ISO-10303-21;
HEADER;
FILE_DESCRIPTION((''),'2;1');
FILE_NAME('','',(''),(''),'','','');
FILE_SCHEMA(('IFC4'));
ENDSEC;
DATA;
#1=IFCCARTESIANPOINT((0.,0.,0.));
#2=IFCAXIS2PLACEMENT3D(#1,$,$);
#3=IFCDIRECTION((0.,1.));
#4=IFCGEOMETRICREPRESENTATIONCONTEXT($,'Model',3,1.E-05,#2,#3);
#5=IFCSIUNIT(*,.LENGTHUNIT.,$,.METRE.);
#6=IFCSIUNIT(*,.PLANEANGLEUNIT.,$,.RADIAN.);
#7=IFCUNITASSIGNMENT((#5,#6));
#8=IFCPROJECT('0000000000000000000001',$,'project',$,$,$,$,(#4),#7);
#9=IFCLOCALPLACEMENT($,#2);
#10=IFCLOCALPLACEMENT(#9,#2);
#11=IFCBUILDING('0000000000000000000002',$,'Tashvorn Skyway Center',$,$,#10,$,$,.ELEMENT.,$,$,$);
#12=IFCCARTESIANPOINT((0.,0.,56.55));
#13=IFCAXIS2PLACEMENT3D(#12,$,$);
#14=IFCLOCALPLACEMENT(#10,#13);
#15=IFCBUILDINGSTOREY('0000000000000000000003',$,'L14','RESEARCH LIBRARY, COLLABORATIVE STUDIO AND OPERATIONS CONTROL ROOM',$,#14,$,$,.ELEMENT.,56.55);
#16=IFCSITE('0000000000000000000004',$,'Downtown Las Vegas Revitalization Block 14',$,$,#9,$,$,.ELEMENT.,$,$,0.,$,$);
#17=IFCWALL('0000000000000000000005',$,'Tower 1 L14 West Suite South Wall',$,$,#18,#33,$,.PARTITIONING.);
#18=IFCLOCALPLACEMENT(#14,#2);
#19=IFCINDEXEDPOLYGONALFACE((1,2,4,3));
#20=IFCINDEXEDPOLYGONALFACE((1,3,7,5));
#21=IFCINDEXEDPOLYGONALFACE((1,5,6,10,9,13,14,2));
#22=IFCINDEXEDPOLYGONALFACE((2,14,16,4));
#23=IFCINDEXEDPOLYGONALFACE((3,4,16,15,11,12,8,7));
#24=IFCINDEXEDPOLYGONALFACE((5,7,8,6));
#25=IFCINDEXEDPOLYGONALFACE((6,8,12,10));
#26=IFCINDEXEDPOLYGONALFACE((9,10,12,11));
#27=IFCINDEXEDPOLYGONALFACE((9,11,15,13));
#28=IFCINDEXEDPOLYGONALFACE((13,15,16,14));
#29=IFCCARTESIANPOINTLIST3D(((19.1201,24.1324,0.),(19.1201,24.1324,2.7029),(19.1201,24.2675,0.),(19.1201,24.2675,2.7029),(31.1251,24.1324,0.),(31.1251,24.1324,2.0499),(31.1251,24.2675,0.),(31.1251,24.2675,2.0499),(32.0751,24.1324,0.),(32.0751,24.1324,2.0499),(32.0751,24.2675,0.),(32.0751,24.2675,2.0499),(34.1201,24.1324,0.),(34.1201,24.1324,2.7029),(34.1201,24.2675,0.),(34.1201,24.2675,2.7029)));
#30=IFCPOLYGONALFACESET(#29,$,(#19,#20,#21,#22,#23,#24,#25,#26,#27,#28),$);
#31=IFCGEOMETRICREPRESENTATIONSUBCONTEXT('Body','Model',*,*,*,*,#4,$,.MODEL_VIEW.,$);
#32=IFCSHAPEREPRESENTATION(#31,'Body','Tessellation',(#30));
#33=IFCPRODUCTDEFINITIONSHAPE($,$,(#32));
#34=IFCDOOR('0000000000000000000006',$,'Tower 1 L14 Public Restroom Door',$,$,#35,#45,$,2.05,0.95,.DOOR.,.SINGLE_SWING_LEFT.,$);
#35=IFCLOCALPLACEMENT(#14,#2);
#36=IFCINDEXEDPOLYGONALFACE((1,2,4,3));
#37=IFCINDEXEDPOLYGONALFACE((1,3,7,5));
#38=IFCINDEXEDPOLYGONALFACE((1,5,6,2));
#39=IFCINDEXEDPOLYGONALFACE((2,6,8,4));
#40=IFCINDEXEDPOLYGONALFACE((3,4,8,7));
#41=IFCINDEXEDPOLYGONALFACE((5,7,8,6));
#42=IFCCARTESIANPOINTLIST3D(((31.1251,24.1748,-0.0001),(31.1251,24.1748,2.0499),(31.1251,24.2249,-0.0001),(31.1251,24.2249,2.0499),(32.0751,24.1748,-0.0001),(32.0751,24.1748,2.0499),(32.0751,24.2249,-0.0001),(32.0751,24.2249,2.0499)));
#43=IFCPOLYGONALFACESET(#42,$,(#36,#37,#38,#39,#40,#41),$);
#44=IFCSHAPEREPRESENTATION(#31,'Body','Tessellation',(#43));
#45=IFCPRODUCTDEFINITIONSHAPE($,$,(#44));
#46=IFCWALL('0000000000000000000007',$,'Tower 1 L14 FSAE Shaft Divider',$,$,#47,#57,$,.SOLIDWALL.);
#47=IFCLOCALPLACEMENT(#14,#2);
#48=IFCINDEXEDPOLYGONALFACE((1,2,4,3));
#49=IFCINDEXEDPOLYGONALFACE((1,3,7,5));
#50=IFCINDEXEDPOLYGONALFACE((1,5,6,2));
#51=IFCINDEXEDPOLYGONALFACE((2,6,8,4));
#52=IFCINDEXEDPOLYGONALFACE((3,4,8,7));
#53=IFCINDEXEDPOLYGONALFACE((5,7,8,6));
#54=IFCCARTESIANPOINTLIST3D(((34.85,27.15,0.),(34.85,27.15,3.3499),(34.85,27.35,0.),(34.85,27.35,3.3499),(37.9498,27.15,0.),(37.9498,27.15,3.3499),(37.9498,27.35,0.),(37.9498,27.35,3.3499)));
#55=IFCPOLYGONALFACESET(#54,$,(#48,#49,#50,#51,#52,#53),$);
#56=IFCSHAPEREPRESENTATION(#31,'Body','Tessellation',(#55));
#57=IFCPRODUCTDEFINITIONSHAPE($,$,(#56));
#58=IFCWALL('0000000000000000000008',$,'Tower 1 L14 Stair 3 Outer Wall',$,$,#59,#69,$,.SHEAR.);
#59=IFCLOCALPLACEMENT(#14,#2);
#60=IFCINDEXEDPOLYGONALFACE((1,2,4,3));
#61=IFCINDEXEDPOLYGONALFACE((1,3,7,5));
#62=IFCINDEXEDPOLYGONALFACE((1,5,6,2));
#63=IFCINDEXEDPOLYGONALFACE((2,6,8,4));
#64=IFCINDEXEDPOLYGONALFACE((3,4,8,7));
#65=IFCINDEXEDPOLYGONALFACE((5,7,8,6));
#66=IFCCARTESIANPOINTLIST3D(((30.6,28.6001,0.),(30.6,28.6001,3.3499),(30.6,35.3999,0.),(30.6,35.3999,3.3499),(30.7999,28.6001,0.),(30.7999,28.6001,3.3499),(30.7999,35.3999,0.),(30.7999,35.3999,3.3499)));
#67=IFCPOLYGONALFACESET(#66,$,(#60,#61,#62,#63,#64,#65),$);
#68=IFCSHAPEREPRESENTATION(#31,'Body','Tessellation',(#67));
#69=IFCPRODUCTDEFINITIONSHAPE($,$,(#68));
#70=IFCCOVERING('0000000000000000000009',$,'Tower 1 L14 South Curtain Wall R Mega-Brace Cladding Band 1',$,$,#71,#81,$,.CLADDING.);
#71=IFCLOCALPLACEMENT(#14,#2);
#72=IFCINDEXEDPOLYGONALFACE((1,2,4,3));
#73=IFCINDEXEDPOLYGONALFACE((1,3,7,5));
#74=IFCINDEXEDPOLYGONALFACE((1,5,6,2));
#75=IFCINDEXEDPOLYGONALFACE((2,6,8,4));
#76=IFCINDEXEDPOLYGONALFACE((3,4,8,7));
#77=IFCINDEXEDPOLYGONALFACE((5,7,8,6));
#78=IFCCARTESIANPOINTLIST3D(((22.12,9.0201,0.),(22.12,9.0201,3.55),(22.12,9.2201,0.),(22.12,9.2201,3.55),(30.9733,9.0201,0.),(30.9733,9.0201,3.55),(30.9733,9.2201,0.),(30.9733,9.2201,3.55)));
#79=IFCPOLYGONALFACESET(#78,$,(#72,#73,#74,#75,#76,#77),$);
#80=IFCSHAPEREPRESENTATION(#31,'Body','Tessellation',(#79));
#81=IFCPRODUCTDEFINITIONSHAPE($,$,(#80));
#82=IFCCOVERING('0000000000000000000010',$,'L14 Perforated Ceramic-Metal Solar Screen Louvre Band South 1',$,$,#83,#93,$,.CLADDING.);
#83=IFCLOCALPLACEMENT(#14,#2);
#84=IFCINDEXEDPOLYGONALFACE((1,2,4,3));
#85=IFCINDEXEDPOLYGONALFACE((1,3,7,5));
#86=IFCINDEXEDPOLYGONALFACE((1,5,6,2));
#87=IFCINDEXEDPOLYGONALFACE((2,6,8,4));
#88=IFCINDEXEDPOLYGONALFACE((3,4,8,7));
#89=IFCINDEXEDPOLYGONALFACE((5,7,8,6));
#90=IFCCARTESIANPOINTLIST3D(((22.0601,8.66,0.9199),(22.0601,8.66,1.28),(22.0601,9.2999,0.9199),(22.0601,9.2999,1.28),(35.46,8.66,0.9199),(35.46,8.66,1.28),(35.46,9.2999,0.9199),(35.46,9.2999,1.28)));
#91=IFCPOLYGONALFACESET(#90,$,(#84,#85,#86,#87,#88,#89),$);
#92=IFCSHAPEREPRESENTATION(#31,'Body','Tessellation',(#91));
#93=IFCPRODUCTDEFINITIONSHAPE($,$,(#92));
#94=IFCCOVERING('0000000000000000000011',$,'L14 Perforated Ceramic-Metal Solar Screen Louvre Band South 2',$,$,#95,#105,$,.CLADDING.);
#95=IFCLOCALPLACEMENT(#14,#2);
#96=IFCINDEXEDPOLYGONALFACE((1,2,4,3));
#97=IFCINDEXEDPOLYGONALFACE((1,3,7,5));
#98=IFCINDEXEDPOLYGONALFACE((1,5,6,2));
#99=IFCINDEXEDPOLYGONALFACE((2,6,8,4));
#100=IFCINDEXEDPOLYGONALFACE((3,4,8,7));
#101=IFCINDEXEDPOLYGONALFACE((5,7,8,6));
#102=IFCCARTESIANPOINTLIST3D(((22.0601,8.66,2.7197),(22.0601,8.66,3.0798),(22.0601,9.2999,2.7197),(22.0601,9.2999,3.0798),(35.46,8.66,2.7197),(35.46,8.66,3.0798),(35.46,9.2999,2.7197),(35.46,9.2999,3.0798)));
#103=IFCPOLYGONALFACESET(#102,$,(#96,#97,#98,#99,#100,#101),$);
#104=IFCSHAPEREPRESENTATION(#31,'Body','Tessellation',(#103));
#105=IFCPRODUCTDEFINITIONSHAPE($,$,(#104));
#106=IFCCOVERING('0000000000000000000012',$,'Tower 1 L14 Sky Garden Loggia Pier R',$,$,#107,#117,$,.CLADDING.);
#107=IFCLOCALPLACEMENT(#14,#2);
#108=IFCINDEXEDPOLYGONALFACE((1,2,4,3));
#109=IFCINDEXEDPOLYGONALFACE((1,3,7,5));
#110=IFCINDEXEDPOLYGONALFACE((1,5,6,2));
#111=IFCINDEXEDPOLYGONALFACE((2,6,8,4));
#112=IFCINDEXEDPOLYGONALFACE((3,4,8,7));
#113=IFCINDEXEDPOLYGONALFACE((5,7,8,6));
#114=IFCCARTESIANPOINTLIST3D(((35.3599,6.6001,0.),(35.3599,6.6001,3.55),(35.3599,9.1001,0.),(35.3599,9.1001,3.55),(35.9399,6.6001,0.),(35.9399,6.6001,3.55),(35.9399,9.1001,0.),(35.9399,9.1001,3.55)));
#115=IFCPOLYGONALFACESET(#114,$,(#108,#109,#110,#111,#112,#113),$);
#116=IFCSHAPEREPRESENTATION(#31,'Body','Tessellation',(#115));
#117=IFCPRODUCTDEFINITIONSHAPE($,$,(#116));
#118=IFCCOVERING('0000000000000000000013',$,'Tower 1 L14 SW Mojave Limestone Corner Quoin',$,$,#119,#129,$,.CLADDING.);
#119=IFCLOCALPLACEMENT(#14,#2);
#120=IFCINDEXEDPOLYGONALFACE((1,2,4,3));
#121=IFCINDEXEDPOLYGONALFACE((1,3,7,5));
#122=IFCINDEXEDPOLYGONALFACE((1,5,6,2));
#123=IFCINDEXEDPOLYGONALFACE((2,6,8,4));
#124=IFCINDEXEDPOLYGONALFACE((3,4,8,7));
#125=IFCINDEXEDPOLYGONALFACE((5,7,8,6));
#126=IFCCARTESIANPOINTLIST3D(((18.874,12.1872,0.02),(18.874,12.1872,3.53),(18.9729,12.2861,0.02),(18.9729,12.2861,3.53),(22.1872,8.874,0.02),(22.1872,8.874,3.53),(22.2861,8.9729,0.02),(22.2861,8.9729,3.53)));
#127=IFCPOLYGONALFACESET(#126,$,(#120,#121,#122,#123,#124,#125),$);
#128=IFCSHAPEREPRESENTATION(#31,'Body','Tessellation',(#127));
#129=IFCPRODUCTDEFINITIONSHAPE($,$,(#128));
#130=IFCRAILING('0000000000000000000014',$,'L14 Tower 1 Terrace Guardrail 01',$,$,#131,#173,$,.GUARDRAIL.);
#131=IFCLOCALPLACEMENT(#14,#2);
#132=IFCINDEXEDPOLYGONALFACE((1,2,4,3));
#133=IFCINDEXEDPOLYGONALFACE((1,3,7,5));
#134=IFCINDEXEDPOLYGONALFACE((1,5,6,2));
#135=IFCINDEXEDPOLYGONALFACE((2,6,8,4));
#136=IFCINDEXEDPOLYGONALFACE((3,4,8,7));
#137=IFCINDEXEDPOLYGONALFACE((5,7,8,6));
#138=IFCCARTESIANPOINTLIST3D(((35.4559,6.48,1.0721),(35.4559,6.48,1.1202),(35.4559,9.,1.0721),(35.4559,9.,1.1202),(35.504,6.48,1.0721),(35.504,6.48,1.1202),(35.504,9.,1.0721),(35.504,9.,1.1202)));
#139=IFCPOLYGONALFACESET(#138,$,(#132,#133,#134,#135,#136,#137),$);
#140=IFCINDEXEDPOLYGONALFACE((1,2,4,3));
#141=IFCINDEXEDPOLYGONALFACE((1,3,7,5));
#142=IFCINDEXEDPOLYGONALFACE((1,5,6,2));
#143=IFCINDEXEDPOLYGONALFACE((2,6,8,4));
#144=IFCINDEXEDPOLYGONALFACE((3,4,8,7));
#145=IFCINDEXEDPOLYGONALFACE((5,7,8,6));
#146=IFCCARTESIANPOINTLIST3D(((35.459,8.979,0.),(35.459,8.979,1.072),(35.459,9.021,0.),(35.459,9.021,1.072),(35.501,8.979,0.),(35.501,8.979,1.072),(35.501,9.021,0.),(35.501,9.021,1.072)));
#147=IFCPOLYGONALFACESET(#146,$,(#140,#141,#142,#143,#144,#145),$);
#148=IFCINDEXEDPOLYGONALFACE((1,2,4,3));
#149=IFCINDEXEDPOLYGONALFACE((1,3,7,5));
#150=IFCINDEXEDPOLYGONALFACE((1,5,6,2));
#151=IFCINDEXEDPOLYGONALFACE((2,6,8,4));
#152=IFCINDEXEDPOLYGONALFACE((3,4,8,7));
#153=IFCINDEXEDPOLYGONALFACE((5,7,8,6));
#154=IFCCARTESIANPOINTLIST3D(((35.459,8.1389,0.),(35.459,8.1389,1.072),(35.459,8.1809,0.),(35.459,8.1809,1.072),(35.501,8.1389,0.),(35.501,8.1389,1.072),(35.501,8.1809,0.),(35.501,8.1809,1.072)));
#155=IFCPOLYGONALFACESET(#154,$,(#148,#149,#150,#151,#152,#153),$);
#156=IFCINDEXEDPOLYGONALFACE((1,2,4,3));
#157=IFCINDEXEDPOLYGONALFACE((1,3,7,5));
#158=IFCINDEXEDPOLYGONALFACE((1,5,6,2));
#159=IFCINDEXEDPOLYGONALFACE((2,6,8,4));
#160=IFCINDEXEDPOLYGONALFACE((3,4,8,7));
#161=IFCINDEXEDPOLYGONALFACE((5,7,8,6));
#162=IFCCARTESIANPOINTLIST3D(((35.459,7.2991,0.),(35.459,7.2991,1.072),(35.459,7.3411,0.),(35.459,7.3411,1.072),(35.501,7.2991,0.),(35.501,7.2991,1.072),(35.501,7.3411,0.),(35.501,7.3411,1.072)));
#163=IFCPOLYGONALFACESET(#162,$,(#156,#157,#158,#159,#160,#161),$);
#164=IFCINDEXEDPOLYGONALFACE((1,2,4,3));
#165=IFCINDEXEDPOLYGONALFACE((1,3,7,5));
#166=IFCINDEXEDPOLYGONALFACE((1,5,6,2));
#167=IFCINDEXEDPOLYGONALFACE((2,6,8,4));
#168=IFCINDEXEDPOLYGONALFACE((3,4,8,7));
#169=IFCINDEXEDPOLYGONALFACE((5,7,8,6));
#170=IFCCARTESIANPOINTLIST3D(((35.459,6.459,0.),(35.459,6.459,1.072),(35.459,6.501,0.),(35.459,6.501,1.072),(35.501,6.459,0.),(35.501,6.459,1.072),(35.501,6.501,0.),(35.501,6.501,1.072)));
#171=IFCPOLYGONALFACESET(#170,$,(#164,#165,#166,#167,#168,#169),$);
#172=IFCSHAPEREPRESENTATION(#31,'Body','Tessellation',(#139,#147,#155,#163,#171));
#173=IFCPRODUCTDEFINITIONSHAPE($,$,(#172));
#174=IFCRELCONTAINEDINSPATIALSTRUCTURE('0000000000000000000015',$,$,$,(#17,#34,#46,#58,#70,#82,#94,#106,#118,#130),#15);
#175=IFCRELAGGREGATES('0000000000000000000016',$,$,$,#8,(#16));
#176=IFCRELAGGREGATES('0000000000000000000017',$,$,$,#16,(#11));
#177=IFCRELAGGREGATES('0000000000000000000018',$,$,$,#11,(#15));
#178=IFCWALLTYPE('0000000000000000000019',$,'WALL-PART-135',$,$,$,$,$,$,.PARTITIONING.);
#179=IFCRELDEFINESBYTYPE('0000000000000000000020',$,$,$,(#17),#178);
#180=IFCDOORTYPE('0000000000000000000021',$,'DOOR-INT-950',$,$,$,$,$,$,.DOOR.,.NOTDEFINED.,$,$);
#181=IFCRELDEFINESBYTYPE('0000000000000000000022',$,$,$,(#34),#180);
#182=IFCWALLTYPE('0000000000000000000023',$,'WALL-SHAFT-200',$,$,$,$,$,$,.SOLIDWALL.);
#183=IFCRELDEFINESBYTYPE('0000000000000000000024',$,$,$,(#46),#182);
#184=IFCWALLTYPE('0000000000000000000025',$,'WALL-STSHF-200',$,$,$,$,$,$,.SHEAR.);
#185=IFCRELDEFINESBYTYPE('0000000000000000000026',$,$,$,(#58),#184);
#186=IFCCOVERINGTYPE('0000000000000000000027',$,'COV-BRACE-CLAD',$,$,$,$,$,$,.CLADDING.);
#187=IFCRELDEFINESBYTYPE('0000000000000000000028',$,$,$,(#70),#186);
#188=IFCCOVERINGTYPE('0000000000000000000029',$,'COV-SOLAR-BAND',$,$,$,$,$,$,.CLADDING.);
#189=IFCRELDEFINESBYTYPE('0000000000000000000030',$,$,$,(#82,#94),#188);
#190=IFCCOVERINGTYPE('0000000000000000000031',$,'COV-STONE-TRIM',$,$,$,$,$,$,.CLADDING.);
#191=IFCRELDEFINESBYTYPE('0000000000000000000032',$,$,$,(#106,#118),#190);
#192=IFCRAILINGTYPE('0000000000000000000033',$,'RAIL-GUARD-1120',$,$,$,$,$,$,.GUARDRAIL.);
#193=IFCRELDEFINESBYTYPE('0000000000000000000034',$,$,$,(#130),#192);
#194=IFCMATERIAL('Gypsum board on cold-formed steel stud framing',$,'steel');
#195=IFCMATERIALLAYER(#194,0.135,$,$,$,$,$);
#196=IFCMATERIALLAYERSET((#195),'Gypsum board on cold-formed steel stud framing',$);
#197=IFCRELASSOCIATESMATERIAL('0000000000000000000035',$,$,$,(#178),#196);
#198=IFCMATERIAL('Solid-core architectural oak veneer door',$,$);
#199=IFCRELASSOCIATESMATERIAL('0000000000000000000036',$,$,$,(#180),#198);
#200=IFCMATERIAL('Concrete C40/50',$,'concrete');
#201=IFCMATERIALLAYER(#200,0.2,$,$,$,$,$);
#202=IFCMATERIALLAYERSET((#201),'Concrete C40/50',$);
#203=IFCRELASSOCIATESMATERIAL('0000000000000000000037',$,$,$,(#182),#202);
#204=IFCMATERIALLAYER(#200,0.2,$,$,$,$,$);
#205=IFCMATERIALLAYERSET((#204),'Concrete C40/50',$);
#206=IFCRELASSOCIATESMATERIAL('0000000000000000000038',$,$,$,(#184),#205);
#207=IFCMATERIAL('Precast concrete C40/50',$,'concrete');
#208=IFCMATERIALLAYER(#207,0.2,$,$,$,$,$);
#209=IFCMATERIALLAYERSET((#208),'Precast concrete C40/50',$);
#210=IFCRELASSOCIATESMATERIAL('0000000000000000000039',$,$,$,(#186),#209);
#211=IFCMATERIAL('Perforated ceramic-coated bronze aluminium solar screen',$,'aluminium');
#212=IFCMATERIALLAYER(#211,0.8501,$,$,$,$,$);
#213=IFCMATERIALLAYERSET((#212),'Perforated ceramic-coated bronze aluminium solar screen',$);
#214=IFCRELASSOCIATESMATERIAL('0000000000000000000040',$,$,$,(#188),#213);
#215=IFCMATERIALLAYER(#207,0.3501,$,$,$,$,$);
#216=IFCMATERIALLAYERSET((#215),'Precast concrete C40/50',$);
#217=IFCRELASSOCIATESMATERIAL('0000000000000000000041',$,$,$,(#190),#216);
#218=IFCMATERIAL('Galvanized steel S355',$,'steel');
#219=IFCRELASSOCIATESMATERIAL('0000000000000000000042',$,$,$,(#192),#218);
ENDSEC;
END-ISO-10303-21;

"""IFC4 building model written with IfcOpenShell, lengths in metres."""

from ifc_helpers import new_model, si_unit, direction, frame, frame_2d, origin, origin_2d, place, context, subcontext, project, spatial, rectangle, extrude, material, layer, layer_set, type_object, element, fill, save


model = new_model("IFC4")

# Units and contexts
model_context = context("Model", 3, precision=1e-05, world=origin(), true_north=direction((0.0, 1.0)))
body_context = subcontext(model_context, "Body", "Model", "MODEL_VIEW")
ifc_project = project(units=[si_unit("LENGTHUNIT", "METRE"), si_unit("PLANEANGLEUNIT", "RADIAN")], contexts=[model_context])

# Site, building, storey
site_placement = place(None, origin())
site = spatial("IfcSite", under=ifc_project, at=site_placement, Name="Downtown Las Vegas Revitalization Block 14", CompositionType="ELEMENT", RefElevation=0.0)
building_placement = place(site_placement, origin())
building = spatial("IfcBuilding", under=site, at=building_placement, Name="Tashvorn Skyway Center", CompositionType="ELEMENT")
storey_placement = place(building_placement, frame((0.0, 0.0, 56.55)))
storey = spatial("IfcBuildingStorey", under=building, at=storey_placement, Name="L14", Description="RESEARCH LIBRARY, COLLABORATIVE STUDIO AND OPERATIONS CONTROL ROOM", CompositionType="ELEMENT", Elevation=56.55)

# Shared definitions
ifc_material_1 = material(Name="Precast concrete C40/50", Category="concrete")
ifc_material_2 = material(Name="Gypsum board on cold-formed steel stud framing", Category="steel")
ifc_layer_1 = layer(ifc_material_2, 0.135)
ifc_layer_set_1 = layer_set([ifc_layer_1], Name="Gypsum board on cold-formed steel stud framing")
wall_type_1 = type_object("IfcWallType", Name="WALL-PART-135", PredefinedType="PARTITIONING", material=ifc_layer_set_1)

# Wall, opening, door
wall_1_placement = place(storey_placement, frame((19.1201, 24.2, 0.0), z_axis=(0.0, 0.0, 1.0), x_axis=(1.0, 0.0, 0.0)))
wall_1 = element("IfcWall", 1, at=wall_1_placement, inside=storey, type_object=wall_type_1, Name="Tower 1 L14 West Suite South Wall", PredefinedType="PARTITIONING", context=body_context, shape_type="SweptSolid", body=[
    extrude(rectangle(XDim=15.0, YDim=0.135, at=frame_2d((7.5, 0.0))), origin(), (0.0, 0.0, 1.0), 2.7029),
])
opening_placement = place(wall_1_placement, frame((12.0049, 0.0, 0.0)))
opening = element("IfcOpeningElement", 2, at=opening_placement, cuts=wall_1, PredefinedType="OPENING", context=body_context, shape_type="SweptSolid", body=[
    extrude(rectangle(XDim=0.95, YDim=2.05, at=frame_2d((0.4751, 1.0249))), frame((0.0, 0.0774, 0.0), z_axis=(0.0, -1.0, 0.0), x_axis=(1.0, 0.0, 0.0)), (0.0, 0.0, 1.0), 0.155),
])
ifc_material_3 = material(Name="Solid-core architectural oak veneer door")
door_type = type_object("IfcDoorType", Name="DOOR-INT-950", OperationType="NOTDEFINED", PredefinedType="DOOR", material=ifc_material_3)
door_placement = place(opening_placement, origin())
door = element("IfcDoor", 3, at=door_placement, inside=storey, type_object=door_type, Name="Tower 1 L14 Public Restroom Door", OperationType="SINGLE_SWING_LEFT", OverallHeight=2.05, OverallWidth=0.95, PredefinedType="DOOR", context=body_context, shape_type="SweptSolid", body=[
    extrude(rectangle(XDim=0.95, YDim=2.05, at=frame_2d((0.4751, 1.0249))), frame((0.0, 0.0249, 0.0), z_axis=(0.0, -1.0, 0.0), x_axis=(1.0, 0.0, 0.0)), (0.0, 0.0, 1.0), 0.05),
])
fill(opening, door)

# Walls
ifc_material_4 = material(Name="Concrete C40/50", Category="concrete")
ifc_layer_2 = layer(ifc_material_4, 0.2)
ifc_layer_set_2 = layer_set([ifc_layer_2], Name="Concrete C40/50")
wall_type_2 = type_object("IfcWallType", Name="WALL-SHAFT-200", PredefinedType="SOLIDWALL", material=ifc_layer_set_2)
wall_2_placement = place(storey_placement, frame((34.8501, 27.25, 0.0), z_axis=(0.0, 0.0, 1.0), x_axis=(1.0, 0.0, 0.0)))
element("IfcWall", 4, at=wall_2_placement, inside=storey, type_object=wall_type_2, Name="Tower 1 L14 FSAE Shaft Divider", PredefinedType="SOLIDWALL", context=body_context, shape_type="SweptSolid", body=[
    extrude(rectangle(XDim=3.0999, YDim=0.2, at=frame_2d((1.5498, 0.0))), origin(), (0.0, 0.0, 1.0), 3.3499),
])
ifc_layer_3 = layer(ifc_material_4, 0.2)
ifc_layer_set_3 = layer_set([ifc_layer_3], Name="Concrete C40/50")
wall_type_3 = type_object("IfcWallType", Name="WALL-STSHF-200", PredefinedType="SHEAR", material=ifc_layer_set_3)
wall_3_placement = place(storey_placement, frame((30.7, 28.6001, 0.0), z_axis=(0.0, 0.0, 1.0), x_axis=(0.0, 1.0, 0.0)))
element("IfcWall", 5, at=wall_3_placement, inside=storey, type_object=wall_type_3, Name="Tower 1 L14 Stair 3 Outer Wall", PredefinedType="SHEAR", context=body_context, shape_type="SweptSolid", body=[
    extrude(rectangle(XDim=6.7998, YDim=0.2, at=frame_2d((3.3999, 0.0))), origin(), (0.0, 0.0, 1.0), 3.3499),
])

# Coverings
ifc_layer_4 = layer(ifc_material_1, 0.2)
ifc_layer_set_4 = layer_set([ifc_layer_4], Name="Precast concrete C40/50")
covering_type_1 = type_object("IfcCoveringType", Name="COV-BRACE-CLAD", PredefinedType="CLADDING", material=ifc_layer_set_4)
covering_1_placement = place(storey_placement, frame((26.5466, 9.1201, 0.0), z_axis=(0.0, 0.0, 1.0), x_axis=(-1.0, 0.0, 0.0)))
element("IfcCovering", 6, at=covering_1_placement, inside=storey, type_object=covering_type_1, Name="Tower 1 L14 South Curtain Wall R Mega-Brace Cladding Band 1", PredefinedType="CLADDING", context=body_context, shape_type="SweptSolid", body=[
    extrude(rectangle(XDim=8.8533, YDim=0.2, at=origin_2d()), origin(), (0.0, 0.0, 1.0), 3.55),
])
ifc_material_5 = material(Name="Perforated ceramic-coated bronze aluminium solar screen", Category="aluminium")
ifc_layer_5 = layer(ifc_material_5, 0.8501)
ifc_layer_set_5 = layer_set([ifc_layer_5], Name="Perforated ceramic-coated bronze aluminium solar screen")
covering_type_2 = type_object("IfcCoveringType", Name="COV-SOLAR-BAND", PredefinedType="CLADDING", material=ifc_layer_set_5)
for number, where, z_axis, x_axis, name in (
    (7, (28.76, 8.98, 0.9199), (0.0, 0.0, 1.0), (-1.0, 0.0, 0.0), "L14 Perforated Ceramic-Metal Solar Screen Louvre Band South 1"),
    (8, (28.76, 8.98, 2.7197), (0.0, 0.0, 1.0), (-1.0, 0.0, 0.0), "L14 Perforated Ceramic-Metal Solar Screen Louvre Band South 2"),
):
    element("IfcCovering", number, at=place(storey_placement, frame(where, z_axis=z_axis, x_axis=x_axis)), inside=storey, type_object=covering_type_2, Name=name, PredefinedType="CLADDING", context=body_context, shape_type="SweptSolid", body=[
        extrude(rectangle(XDim=13.3999, YDim=0.6399, at=origin_2d()), origin(), (0.0, 0.0, 1.0), 0.3601),
    ])
ifc_layer_6 = layer(ifc_material_1, 0.3501)
ifc_layer_set_6 = layer_set([ifc_layer_6], Name="Precast concrete C40/50")
covering_type_3 = type_object("IfcCoveringType", Name="COV-STONE-TRIM", PredefinedType="CLADDING", material=ifc_layer_set_6)
covering_2_placement = place(storey_placement, frame((35.6499, 7.8501, 0.0), z_axis=(0.0, 0.0, 1.0), x_axis=(-1.0, 0.0, 0.0)))
element("IfcCovering", 9, at=covering_2_placement, inside=storey, type_object=covering_type_3, Name="Tower 1 L14 Sky Garden Loggia Pier R", PredefinedType="CLADDING", context=body_context, shape_type="SweptSolid", body=[
    extrude(rectangle(XDim=0.5801, YDim=2.5, at=origin_2d()), origin(), (0.0, 0.0, 1.0), 3.55),
])
covering_3_placement = place(storey_placement, frame((20.5801, 10.5801, 0.02), z_axis=(0.0, 0.0, 1.0), x_axis=(-0.707107, 0.707107, 0.0)))
element("IfcCovering", 10, at=covering_3_placement, inside=storey, type_object=covering_type_3, Name="Tower 1 L14 SW Mojave Limestone Corner Quoin", PredefinedType="CLADDING", context=body_context, shape_type="SweptSolid", body=[
    extrude(rectangle(XDim=4.6855, YDim=0.1399, at=origin_2d()), origin(), (0.0, 0.0, 1.0), 3.51),
])

# Railing
ifc_material_6 = material(Name="Galvanized steel S355", Category="steel")
railing_type = type_object("IfcRailingType", Name="RAIL-GUARD-1120", PredefinedType="GUARDRAIL", material=ifc_material_6)
railing_1_placement = place(storey_placement, frame((35.48, 9.0, 0.0)))
element("IfcRailing", 11, at=railing_1_placement, inside=storey, type_object=railing_type, Name="L14 Tower 1 Terrace Guardrail 01", PredefinedType="GUARDRAIL", context=body_context, shape_type="SweptSolid", body=[
    extrude(rectangle(XDim=0.0481, YDim=0.0481, at=origin_2d()), frame((0.0, 0.0, 1.0962), z_axis=(0.0, -1.0, 0.0), x_axis=(1.0, 0.0, 0.0)), (0.0, 0.0, 1.0), 2.52),
    extrude(rectangle(XDim=0.042, YDim=0.042, at=origin_2d()), origin(), (0.0, 0.0, 1.0), 1.072),
    extrude(rectangle(XDim=0.042, YDim=0.042, at=origin_2d()), frame((0.0, -0.8401, 0.0)), (0.0, 0.0, 1.0), 1.072),
    extrude(rectangle(XDim=0.042, YDim=0.042, at=origin_2d()), frame((0.0, -1.6799, 0.0)), (0.0, 0.0, 1.0), 1.072),
    extrude(rectangle(XDim=0.042, YDim=0.042, at=origin_2d()), frame((0.0, -2.52, 0.0)), (0.0, 0.0, 1.0), 1.072),
])

save(model, "model.ifc")
